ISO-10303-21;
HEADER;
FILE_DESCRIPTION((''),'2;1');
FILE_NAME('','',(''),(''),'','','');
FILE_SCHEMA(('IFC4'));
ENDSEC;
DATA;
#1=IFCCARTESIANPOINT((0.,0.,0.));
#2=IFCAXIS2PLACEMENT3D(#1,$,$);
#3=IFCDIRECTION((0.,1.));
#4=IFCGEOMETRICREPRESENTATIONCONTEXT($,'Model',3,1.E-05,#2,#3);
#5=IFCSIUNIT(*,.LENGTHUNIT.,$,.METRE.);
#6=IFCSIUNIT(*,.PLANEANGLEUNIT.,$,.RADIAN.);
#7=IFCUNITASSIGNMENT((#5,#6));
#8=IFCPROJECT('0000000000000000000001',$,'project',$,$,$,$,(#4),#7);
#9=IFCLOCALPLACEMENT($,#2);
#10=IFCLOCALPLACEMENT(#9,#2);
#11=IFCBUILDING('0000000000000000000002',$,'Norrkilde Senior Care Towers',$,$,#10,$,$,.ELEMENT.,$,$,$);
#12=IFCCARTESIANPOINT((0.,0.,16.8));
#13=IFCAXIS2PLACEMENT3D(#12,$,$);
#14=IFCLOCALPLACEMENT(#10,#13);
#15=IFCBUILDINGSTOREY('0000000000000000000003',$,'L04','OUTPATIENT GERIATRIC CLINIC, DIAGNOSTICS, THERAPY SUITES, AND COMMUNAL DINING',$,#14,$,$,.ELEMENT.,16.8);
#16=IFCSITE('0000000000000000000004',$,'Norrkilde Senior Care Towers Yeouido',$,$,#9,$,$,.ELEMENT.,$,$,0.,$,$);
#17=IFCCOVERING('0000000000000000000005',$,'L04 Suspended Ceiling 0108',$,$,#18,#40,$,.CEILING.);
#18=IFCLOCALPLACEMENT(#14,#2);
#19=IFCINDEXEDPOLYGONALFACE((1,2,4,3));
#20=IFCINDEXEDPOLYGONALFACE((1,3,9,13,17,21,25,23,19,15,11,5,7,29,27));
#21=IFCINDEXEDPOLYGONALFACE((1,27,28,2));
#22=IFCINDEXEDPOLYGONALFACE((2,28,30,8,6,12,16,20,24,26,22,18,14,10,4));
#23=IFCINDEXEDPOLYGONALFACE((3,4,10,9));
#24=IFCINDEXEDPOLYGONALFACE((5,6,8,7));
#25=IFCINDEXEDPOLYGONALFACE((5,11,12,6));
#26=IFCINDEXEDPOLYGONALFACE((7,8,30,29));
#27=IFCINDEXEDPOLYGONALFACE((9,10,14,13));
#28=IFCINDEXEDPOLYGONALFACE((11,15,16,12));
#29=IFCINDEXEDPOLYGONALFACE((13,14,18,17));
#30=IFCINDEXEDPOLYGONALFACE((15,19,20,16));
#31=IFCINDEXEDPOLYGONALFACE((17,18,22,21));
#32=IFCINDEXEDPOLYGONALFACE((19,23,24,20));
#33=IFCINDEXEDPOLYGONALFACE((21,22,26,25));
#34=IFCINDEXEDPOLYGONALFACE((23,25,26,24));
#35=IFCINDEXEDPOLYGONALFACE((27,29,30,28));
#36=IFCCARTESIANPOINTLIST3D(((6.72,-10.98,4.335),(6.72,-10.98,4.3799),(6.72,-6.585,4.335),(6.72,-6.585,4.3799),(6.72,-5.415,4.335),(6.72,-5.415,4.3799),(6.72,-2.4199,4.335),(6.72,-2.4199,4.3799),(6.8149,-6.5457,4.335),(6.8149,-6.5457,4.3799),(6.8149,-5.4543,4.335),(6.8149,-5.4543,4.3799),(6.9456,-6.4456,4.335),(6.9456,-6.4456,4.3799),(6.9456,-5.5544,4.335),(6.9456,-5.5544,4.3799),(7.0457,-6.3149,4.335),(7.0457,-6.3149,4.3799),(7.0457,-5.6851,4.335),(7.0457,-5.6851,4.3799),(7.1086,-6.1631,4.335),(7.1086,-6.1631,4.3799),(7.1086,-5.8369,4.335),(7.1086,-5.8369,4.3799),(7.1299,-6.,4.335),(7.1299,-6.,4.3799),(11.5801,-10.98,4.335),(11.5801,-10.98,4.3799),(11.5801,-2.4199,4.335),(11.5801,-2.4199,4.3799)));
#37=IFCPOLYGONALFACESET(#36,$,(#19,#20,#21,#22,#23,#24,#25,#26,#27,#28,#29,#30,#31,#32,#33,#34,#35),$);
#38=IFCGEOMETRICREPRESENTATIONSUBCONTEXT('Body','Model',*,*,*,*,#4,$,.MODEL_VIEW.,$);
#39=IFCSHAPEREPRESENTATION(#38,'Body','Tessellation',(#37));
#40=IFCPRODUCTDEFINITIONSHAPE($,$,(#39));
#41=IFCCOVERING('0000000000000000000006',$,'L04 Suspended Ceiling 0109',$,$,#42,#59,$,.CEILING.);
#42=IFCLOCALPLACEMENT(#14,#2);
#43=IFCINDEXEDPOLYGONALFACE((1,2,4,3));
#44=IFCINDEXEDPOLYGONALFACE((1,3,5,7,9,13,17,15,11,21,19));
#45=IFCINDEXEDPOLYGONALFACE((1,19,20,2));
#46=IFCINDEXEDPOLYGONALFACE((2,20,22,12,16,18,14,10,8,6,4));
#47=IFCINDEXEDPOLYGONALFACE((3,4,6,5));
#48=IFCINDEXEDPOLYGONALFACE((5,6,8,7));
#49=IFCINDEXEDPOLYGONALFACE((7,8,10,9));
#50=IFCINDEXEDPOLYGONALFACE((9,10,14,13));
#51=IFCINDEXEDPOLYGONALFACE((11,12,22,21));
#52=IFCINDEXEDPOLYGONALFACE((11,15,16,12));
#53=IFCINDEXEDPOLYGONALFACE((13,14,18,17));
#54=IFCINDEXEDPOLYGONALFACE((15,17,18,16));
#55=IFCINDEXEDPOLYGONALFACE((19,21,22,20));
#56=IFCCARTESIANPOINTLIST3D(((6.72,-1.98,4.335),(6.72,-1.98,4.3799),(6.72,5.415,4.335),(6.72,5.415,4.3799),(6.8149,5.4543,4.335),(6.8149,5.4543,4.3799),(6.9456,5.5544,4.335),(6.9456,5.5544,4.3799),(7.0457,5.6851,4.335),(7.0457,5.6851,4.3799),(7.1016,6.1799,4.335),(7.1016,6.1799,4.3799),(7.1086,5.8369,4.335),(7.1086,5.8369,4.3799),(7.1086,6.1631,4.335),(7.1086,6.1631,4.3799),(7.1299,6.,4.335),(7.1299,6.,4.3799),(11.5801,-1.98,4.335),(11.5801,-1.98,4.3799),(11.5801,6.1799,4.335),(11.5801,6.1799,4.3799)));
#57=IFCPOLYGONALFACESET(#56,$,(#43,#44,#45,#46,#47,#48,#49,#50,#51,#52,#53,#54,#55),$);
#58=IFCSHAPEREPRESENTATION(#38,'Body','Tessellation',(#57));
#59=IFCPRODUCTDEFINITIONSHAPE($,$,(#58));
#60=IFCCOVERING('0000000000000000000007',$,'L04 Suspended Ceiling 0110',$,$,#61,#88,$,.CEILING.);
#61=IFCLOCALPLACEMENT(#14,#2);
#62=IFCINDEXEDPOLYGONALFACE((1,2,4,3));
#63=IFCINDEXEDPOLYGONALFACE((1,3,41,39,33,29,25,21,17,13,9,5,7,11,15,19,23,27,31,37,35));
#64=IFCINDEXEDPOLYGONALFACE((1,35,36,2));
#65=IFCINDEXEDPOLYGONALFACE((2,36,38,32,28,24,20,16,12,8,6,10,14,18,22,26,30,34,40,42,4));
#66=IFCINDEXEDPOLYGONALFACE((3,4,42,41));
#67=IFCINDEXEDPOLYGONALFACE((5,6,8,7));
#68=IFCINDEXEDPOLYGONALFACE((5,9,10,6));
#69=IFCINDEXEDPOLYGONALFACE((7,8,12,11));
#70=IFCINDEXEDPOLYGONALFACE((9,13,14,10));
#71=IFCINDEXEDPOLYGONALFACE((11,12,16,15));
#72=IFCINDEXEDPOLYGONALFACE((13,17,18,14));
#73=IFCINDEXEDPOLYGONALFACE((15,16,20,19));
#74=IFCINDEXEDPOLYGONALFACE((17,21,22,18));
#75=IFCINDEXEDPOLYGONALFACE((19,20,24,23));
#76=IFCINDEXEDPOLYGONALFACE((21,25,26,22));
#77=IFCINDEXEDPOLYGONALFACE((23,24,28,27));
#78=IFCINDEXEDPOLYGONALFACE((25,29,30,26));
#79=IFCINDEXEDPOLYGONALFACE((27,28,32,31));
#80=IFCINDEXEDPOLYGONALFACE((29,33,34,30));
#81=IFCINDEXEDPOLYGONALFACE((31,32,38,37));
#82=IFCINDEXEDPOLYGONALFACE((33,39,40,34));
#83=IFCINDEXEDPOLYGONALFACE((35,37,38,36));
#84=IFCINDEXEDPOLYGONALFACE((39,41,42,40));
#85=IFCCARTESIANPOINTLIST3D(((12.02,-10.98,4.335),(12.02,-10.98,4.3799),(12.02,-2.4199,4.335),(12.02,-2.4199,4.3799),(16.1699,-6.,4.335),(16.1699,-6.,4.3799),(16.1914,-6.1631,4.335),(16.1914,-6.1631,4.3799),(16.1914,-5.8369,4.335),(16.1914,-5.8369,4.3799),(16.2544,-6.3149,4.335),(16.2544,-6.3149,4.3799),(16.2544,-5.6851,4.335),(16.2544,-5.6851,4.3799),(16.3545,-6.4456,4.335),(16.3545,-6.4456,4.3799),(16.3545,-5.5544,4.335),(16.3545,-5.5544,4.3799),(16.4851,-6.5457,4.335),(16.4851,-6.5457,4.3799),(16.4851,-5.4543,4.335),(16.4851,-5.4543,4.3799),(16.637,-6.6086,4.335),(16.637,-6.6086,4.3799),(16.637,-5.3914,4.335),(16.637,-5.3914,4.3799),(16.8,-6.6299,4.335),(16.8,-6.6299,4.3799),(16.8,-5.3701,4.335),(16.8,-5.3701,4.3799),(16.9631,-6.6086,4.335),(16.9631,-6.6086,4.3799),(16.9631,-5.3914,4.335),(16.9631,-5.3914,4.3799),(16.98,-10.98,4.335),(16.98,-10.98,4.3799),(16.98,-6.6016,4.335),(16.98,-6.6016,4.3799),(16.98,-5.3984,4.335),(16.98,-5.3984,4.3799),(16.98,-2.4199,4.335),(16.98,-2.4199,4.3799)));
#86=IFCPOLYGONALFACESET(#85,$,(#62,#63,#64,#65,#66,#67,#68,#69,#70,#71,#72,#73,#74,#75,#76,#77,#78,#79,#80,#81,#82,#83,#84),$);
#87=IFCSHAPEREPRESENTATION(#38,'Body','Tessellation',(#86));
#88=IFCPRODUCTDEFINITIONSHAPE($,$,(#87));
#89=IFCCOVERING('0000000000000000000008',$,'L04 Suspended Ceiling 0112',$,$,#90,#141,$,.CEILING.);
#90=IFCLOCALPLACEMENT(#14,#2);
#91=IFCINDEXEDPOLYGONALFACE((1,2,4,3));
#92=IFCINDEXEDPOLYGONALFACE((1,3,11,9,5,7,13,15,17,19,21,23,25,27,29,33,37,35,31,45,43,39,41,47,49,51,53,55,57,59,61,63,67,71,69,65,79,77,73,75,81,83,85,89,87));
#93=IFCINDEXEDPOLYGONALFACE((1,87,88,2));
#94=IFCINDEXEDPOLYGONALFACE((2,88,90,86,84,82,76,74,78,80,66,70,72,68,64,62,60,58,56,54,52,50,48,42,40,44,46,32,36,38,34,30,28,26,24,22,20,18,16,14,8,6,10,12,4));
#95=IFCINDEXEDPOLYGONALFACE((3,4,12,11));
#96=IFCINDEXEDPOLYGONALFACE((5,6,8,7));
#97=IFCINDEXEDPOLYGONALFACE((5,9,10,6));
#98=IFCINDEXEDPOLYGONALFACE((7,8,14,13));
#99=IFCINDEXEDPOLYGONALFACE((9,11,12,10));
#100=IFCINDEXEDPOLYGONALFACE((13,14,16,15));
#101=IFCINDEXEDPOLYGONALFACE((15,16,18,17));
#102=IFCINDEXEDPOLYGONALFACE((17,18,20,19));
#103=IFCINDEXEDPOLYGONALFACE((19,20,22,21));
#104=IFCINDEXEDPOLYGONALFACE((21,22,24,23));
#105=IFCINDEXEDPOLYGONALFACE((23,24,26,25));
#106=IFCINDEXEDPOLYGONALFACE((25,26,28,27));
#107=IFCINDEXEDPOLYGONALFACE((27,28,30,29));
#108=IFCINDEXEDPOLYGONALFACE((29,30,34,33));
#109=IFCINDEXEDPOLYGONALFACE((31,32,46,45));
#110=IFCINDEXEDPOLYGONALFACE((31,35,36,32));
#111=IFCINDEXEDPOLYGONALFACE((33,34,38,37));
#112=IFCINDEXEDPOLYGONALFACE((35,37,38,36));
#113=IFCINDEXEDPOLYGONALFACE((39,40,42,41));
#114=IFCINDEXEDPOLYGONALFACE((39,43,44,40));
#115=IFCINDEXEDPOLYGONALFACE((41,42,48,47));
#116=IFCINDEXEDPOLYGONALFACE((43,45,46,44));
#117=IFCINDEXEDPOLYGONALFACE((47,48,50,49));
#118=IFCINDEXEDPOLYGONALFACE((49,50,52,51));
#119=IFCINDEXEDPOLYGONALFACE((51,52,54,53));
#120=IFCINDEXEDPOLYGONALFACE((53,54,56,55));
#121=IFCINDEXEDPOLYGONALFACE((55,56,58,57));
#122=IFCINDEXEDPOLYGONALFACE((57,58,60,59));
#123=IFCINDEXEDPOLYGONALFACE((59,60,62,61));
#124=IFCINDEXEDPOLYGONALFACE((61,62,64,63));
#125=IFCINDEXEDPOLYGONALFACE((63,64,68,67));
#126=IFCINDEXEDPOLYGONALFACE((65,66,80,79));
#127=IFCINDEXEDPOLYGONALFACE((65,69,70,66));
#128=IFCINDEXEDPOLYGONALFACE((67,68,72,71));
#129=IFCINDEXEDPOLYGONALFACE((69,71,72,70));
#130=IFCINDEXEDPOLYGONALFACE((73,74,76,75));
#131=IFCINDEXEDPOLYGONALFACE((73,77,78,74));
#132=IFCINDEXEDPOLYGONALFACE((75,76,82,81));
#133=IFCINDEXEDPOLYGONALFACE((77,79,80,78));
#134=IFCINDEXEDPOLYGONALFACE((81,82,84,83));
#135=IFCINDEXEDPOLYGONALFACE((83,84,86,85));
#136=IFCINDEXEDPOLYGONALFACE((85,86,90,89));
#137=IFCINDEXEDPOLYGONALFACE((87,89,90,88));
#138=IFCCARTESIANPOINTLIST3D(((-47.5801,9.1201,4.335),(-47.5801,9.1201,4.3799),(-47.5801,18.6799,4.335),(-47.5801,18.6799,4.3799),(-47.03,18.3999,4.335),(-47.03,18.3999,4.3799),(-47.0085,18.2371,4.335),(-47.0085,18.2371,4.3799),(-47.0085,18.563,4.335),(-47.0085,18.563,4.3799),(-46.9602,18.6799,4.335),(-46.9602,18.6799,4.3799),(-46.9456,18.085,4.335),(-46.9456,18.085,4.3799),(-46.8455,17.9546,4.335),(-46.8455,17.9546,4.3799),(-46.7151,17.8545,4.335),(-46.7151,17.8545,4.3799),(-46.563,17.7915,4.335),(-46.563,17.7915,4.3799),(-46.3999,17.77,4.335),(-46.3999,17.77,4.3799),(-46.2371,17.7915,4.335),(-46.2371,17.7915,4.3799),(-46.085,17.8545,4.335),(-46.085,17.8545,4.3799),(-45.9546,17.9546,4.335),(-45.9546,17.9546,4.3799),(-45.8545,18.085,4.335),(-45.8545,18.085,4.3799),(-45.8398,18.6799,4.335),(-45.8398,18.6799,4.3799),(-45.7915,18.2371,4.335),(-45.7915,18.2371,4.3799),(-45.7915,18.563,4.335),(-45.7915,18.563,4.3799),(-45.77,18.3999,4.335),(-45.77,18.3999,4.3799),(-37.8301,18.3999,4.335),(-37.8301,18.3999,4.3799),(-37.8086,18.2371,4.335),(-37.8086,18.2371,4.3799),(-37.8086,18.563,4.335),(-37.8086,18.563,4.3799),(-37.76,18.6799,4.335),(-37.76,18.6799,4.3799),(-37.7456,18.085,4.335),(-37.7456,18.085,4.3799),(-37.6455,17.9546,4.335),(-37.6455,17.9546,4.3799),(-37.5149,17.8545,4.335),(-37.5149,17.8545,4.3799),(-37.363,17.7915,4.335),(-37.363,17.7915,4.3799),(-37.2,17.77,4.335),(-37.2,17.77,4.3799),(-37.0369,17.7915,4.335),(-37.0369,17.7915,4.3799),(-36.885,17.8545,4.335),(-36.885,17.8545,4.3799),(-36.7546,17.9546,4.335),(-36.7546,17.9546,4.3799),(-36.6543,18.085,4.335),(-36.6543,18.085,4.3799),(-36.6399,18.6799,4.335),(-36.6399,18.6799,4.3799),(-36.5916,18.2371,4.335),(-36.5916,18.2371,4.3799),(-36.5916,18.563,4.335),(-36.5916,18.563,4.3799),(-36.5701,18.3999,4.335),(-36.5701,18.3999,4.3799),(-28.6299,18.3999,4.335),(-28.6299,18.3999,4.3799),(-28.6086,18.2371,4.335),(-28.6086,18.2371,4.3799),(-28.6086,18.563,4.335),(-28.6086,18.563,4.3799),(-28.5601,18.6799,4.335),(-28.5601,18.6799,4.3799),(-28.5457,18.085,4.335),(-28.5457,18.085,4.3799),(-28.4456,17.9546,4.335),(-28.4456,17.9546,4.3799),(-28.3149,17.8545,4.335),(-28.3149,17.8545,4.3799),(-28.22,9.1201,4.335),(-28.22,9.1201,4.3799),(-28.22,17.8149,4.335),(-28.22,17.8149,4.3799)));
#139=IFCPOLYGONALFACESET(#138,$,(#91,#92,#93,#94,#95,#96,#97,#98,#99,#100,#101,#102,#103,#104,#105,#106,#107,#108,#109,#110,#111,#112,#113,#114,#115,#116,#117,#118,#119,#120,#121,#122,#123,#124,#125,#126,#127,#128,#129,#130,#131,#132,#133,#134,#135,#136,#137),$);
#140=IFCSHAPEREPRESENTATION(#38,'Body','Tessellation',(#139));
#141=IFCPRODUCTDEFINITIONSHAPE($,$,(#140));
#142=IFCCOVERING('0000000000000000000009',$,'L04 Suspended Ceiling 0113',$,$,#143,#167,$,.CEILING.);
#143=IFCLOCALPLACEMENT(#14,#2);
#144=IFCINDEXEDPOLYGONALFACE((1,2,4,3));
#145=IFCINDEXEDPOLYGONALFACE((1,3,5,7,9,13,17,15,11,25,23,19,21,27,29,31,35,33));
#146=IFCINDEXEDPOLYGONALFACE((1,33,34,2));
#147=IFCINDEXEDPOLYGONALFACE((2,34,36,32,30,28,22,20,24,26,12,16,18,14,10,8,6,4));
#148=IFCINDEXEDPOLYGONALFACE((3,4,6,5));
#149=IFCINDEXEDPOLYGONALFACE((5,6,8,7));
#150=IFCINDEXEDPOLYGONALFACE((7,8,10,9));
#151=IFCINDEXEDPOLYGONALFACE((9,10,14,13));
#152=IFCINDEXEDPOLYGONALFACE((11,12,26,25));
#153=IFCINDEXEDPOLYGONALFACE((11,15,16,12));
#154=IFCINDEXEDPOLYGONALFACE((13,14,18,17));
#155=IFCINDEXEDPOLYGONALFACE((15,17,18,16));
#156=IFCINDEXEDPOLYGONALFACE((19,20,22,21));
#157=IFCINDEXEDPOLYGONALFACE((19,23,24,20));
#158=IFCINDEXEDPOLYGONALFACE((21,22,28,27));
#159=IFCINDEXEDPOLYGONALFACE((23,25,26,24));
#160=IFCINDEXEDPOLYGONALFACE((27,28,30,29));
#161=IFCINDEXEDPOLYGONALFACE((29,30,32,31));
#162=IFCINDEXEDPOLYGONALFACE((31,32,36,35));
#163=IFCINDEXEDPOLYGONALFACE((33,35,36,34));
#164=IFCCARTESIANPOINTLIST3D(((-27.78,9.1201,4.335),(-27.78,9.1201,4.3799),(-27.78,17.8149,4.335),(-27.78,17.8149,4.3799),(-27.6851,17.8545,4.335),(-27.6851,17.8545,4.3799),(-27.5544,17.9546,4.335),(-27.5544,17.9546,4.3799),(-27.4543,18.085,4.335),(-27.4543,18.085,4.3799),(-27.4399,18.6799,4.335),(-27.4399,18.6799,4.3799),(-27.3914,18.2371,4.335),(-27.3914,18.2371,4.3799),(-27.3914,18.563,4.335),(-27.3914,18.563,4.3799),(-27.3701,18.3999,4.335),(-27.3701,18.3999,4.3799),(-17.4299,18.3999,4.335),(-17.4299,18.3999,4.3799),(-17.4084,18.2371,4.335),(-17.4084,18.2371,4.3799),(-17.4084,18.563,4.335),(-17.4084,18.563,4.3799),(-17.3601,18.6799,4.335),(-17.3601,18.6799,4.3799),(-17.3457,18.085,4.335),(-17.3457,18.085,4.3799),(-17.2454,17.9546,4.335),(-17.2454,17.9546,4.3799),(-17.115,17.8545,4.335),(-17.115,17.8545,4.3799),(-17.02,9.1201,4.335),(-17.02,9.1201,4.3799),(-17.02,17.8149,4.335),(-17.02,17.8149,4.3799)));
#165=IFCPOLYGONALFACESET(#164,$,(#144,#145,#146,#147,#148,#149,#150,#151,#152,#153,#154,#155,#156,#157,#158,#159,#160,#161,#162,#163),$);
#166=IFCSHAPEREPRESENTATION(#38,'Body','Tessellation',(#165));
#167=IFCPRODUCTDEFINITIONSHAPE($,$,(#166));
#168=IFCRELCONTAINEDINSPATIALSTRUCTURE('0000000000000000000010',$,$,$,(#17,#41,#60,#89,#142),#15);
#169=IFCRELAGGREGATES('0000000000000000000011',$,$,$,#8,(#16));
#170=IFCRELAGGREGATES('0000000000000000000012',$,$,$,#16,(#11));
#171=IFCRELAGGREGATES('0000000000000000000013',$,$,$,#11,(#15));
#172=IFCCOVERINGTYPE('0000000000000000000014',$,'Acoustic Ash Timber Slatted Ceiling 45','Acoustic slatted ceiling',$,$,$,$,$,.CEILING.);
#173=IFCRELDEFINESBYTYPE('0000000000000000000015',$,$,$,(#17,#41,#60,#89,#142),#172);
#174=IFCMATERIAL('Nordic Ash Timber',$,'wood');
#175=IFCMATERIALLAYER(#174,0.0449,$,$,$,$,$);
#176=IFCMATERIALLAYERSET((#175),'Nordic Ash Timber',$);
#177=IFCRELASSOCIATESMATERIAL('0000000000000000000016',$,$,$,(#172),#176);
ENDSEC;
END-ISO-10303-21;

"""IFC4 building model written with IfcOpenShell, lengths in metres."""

from ifc_helpers import new_model, si_unit, direction, frame, origin, place, context, subcontext, project, spatial, polyline, outline, extrude, material, layer, layer_set, type_object, element, save


model = new_model("IFC4")

# Units and contexts
model_context = context("Model", 3, precision=1e-05, world=origin(), true_north=direction((0.0, 1.0)))
body_context = subcontext(model_context, "Body", "Model", "MODEL_VIEW")
ifc_project = project(units=[si_unit("LENGTHUNIT", "METRE"), si_unit("PLANEANGLEUNIT", "RADIAN")], contexts=[model_context])

# Site, building, storey
site_placement = place(None, origin())
site = spatial("IfcSite", under=ifc_project, at=site_placement, Name="Norrkilde Senior Care Towers Yeouido", CompositionType="ELEMENT", RefElevation=0.0)
building_placement = place(site_placement, origin())
building = spatial("IfcBuilding", under=site, at=building_placement, Name="Norrkilde Senior Care Towers", CompositionType="ELEMENT")
storey_placement = place(building_placement, frame((0.0, 0.0, 16.8)))
storey = spatial("IfcBuildingStorey", under=building, at=storey_placement, Name="L04", Description="OUTPATIENT GERIATRIC CLINIC, DIAGNOSTICS, THERAPY SUITES, AND COMMUNAL DINING", CompositionType="ELEMENT", Elevation=16.8)

# Coverings
ifc_material_1 = material(Name="Nordic Ash Timber", Category="wood")
ifc_layer_1 = layer(ifc_material_1, 0.0449)
ifc_layer_set_1 = layer_set([ifc_layer_1], Name="Nordic Ash Timber")
covering_type_1 = type_object("IfcCoveringType", Name="Acoustic Ash Timber Slatted Ceiling 45", Description="Acoustic slatted ceiling", PredefinedType="CEILING", material=ifc_layer_set_1)
covering_1_placement = place(storey_placement, frame((0.0, 0.0, 4.335)))
element("IfcCovering", 1, at=covering_1_placement, inside=storey, type_object=covering_type_1, Name="L04 Suspended Ceiling 0108", PredefinedType="CEILING", context=body_context, shape_type="SweptSolid", body=[
    extrude(outline(polyline([(11.5801, -10.98), (6.72, -10.98), (6.72, -6.585), (6.8149, -6.5457), (6.9456, -6.4456), (7.0457, -6.3149), (7.1086, -6.1631), (7.1299, -6.0), (7.1086, -5.8369), (7.0457, -5.6851), (6.9456, -5.5544), (6.8149, -5.4543), (6.72, -5.415), (6.72, -2.4199), (11.5801, -2.4199), (11.5801, -10.98)])), origin(), (0.0, 0.0, 1.0), 0.0449),
])
covering_2_placement = place(storey_placement, frame((0.0, 0.0, 4.335)))
element("IfcCovering", 2, at=covering_2_placement, inside=storey, type_object=covering_type_1, Name="L04 Suspended Ceiling 0109", PredefinedType="CEILING", context=body_context, shape_type="SweptSolid", body=[
    extrude(outline(polyline([(11.5801, -1.98), (6.72, -1.98), (6.72, 5.415), (6.8149, 5.4543), (6.9456, 5.5544), (7.0457, 5.6851), (7.1086, 5.8369), (7.1299, 6.0), (7.1086, 6.1631), (7.1016, 6.1799), (11.5801, 6.1799), (11.5801, -1.98)])), origin(), (0.0, 0.0, 1.0), 0.0449),
])
covering_3_placement = place(storey_placement, frame((0.0, 0.0, 4.335)))
element("IfcCovering", 3, at=covering_3_placement, inside=storey, type_object=covering_type_1, Name="L04 Suspended Ceiling 0110", PredefinedType="CEILING", context=body_context, shape_type="SweptSolid", body=[
    extrude(outline(polyline([(16.98, -5.3984), (16.9631, -5.3914), (16.8, -5.3701), (16.637, -5.3914), (16.4851, -5.4543), (16.3545, -5.5544), (16.2544, -5.6851), (16.1914, -5.8369), (16.1699, -6.0), (16.1914, -6.1631), (16.2544, -6.3149), (16.3545, -6.4456), (16.4851, -6.5457), (16.637, -6.6086), (16.8, -6.6299), (16.9631, -6.6086), (16.98, -6.6016), (16.98, -10.98), (12.02, -10.98), (12.02, -2.4199), (16.98, -2.4199), (16.98, -5.3984)])), origin(), (0.0, 0.0, 1.0), 0.0449),
])
covering_4_placement = place(storey_placement, frame((0.0, 0.0, 4.335)))
element("IfcCovering", 4, at=covering_4_placement, inside=storey, type_object=covering_type_1, Name="L04 Suspended Ceiling 0112", PredefinedType="CEILING", context=body_context, shape_type="SweptSolid", body=[
    extrude(outline(polyline([(-47.5801, 18.6799), (-46.9602, 18.6799), (-47.0085, 18.563), (-47.03, 18.3999), (-47.0085, 18.2371), (-46.9456, 18.085), (-46.8455, 17.9546), (-46.7151, 17.8545), (-46.563, 17.7915), (-46.3999, 17.77), (-46.2371, 17.7915), (-46.085, 17.8545), (-45.9546, 17.9546), (-45.8545, 18.085), (-45.7915, 18.2371), (-45.77, 18.3999), (-45.7915, 18.563), (-45.8398, 18.6799), (-37.76, 18.6799), (-37.8086, 18.563), (-37.8301, 18.3999), (-37.8086, 18.2371), (-37.7456, 18.085), (-37.6455, 17.9546), (-37.5149, 17.8545), (-37.363, 17.7915), (-37.2, 17.77), (-37.0369, 17.7915), (-36.885, 17.8545), (-36.7546, 17.9546), (-36.6543, 18.085), (-36.5916, 18.2371), (-36.5701, 18.3999), (-36.5916, 18.563), (-36.6399, 18.6799), (-28.5601, 18.6799), (-28.6086, 18.563), (-28.6299, 18.3999), (-28.6086, 18.2371), (-28.5457, 18.085), (-28.4456, 17.9546), (-28.3149, 17.8545), (-28.22, 17.8149), (-28.22, 9.1201), (-47.5801, 9.1201), (-47.5801, 18.6799)])), origin(), (0.0, 0.0, 1.0), 0.0449),
])
covering_5_placement = place(storey_placement, frame((0.0, 0.0, 4.335)))
element("IfcCovering", 5, at=covering_5_placement, inside=storey, type_object=covering_type_1, Name="L04 Suspended Ceiling 0113", PredefinedType="CEILING", context=body_context, shape_type="SweptSolid", body=[
    extrude(outline(polyline([(-27.78, 9.1201), (-27.78, 17.8149), (-27.6851, 17.8545), (-27.5544, 17.9546), (-27.4543, 18.085), (-27.3914, 18.2371), (-27.3701, 18.3999), (-27.3914, 18.563), (-27.4399, 18.6799), (-17.3601, 18.6799), (-17.4084, 18.563), (-17.4299, 18.3999), (-17.4084, 18.2371), (-17.3457, 18.085), (-17.2454, 17.9546), (-17.115, 17.8545), (-17.02, 17.8149), (-17.02, 9.1201), (-27.78, 9.1201)])), origin(), (0.0, 0.0, 1.0), 0.0449),
])

save(model, "model.ifc")
